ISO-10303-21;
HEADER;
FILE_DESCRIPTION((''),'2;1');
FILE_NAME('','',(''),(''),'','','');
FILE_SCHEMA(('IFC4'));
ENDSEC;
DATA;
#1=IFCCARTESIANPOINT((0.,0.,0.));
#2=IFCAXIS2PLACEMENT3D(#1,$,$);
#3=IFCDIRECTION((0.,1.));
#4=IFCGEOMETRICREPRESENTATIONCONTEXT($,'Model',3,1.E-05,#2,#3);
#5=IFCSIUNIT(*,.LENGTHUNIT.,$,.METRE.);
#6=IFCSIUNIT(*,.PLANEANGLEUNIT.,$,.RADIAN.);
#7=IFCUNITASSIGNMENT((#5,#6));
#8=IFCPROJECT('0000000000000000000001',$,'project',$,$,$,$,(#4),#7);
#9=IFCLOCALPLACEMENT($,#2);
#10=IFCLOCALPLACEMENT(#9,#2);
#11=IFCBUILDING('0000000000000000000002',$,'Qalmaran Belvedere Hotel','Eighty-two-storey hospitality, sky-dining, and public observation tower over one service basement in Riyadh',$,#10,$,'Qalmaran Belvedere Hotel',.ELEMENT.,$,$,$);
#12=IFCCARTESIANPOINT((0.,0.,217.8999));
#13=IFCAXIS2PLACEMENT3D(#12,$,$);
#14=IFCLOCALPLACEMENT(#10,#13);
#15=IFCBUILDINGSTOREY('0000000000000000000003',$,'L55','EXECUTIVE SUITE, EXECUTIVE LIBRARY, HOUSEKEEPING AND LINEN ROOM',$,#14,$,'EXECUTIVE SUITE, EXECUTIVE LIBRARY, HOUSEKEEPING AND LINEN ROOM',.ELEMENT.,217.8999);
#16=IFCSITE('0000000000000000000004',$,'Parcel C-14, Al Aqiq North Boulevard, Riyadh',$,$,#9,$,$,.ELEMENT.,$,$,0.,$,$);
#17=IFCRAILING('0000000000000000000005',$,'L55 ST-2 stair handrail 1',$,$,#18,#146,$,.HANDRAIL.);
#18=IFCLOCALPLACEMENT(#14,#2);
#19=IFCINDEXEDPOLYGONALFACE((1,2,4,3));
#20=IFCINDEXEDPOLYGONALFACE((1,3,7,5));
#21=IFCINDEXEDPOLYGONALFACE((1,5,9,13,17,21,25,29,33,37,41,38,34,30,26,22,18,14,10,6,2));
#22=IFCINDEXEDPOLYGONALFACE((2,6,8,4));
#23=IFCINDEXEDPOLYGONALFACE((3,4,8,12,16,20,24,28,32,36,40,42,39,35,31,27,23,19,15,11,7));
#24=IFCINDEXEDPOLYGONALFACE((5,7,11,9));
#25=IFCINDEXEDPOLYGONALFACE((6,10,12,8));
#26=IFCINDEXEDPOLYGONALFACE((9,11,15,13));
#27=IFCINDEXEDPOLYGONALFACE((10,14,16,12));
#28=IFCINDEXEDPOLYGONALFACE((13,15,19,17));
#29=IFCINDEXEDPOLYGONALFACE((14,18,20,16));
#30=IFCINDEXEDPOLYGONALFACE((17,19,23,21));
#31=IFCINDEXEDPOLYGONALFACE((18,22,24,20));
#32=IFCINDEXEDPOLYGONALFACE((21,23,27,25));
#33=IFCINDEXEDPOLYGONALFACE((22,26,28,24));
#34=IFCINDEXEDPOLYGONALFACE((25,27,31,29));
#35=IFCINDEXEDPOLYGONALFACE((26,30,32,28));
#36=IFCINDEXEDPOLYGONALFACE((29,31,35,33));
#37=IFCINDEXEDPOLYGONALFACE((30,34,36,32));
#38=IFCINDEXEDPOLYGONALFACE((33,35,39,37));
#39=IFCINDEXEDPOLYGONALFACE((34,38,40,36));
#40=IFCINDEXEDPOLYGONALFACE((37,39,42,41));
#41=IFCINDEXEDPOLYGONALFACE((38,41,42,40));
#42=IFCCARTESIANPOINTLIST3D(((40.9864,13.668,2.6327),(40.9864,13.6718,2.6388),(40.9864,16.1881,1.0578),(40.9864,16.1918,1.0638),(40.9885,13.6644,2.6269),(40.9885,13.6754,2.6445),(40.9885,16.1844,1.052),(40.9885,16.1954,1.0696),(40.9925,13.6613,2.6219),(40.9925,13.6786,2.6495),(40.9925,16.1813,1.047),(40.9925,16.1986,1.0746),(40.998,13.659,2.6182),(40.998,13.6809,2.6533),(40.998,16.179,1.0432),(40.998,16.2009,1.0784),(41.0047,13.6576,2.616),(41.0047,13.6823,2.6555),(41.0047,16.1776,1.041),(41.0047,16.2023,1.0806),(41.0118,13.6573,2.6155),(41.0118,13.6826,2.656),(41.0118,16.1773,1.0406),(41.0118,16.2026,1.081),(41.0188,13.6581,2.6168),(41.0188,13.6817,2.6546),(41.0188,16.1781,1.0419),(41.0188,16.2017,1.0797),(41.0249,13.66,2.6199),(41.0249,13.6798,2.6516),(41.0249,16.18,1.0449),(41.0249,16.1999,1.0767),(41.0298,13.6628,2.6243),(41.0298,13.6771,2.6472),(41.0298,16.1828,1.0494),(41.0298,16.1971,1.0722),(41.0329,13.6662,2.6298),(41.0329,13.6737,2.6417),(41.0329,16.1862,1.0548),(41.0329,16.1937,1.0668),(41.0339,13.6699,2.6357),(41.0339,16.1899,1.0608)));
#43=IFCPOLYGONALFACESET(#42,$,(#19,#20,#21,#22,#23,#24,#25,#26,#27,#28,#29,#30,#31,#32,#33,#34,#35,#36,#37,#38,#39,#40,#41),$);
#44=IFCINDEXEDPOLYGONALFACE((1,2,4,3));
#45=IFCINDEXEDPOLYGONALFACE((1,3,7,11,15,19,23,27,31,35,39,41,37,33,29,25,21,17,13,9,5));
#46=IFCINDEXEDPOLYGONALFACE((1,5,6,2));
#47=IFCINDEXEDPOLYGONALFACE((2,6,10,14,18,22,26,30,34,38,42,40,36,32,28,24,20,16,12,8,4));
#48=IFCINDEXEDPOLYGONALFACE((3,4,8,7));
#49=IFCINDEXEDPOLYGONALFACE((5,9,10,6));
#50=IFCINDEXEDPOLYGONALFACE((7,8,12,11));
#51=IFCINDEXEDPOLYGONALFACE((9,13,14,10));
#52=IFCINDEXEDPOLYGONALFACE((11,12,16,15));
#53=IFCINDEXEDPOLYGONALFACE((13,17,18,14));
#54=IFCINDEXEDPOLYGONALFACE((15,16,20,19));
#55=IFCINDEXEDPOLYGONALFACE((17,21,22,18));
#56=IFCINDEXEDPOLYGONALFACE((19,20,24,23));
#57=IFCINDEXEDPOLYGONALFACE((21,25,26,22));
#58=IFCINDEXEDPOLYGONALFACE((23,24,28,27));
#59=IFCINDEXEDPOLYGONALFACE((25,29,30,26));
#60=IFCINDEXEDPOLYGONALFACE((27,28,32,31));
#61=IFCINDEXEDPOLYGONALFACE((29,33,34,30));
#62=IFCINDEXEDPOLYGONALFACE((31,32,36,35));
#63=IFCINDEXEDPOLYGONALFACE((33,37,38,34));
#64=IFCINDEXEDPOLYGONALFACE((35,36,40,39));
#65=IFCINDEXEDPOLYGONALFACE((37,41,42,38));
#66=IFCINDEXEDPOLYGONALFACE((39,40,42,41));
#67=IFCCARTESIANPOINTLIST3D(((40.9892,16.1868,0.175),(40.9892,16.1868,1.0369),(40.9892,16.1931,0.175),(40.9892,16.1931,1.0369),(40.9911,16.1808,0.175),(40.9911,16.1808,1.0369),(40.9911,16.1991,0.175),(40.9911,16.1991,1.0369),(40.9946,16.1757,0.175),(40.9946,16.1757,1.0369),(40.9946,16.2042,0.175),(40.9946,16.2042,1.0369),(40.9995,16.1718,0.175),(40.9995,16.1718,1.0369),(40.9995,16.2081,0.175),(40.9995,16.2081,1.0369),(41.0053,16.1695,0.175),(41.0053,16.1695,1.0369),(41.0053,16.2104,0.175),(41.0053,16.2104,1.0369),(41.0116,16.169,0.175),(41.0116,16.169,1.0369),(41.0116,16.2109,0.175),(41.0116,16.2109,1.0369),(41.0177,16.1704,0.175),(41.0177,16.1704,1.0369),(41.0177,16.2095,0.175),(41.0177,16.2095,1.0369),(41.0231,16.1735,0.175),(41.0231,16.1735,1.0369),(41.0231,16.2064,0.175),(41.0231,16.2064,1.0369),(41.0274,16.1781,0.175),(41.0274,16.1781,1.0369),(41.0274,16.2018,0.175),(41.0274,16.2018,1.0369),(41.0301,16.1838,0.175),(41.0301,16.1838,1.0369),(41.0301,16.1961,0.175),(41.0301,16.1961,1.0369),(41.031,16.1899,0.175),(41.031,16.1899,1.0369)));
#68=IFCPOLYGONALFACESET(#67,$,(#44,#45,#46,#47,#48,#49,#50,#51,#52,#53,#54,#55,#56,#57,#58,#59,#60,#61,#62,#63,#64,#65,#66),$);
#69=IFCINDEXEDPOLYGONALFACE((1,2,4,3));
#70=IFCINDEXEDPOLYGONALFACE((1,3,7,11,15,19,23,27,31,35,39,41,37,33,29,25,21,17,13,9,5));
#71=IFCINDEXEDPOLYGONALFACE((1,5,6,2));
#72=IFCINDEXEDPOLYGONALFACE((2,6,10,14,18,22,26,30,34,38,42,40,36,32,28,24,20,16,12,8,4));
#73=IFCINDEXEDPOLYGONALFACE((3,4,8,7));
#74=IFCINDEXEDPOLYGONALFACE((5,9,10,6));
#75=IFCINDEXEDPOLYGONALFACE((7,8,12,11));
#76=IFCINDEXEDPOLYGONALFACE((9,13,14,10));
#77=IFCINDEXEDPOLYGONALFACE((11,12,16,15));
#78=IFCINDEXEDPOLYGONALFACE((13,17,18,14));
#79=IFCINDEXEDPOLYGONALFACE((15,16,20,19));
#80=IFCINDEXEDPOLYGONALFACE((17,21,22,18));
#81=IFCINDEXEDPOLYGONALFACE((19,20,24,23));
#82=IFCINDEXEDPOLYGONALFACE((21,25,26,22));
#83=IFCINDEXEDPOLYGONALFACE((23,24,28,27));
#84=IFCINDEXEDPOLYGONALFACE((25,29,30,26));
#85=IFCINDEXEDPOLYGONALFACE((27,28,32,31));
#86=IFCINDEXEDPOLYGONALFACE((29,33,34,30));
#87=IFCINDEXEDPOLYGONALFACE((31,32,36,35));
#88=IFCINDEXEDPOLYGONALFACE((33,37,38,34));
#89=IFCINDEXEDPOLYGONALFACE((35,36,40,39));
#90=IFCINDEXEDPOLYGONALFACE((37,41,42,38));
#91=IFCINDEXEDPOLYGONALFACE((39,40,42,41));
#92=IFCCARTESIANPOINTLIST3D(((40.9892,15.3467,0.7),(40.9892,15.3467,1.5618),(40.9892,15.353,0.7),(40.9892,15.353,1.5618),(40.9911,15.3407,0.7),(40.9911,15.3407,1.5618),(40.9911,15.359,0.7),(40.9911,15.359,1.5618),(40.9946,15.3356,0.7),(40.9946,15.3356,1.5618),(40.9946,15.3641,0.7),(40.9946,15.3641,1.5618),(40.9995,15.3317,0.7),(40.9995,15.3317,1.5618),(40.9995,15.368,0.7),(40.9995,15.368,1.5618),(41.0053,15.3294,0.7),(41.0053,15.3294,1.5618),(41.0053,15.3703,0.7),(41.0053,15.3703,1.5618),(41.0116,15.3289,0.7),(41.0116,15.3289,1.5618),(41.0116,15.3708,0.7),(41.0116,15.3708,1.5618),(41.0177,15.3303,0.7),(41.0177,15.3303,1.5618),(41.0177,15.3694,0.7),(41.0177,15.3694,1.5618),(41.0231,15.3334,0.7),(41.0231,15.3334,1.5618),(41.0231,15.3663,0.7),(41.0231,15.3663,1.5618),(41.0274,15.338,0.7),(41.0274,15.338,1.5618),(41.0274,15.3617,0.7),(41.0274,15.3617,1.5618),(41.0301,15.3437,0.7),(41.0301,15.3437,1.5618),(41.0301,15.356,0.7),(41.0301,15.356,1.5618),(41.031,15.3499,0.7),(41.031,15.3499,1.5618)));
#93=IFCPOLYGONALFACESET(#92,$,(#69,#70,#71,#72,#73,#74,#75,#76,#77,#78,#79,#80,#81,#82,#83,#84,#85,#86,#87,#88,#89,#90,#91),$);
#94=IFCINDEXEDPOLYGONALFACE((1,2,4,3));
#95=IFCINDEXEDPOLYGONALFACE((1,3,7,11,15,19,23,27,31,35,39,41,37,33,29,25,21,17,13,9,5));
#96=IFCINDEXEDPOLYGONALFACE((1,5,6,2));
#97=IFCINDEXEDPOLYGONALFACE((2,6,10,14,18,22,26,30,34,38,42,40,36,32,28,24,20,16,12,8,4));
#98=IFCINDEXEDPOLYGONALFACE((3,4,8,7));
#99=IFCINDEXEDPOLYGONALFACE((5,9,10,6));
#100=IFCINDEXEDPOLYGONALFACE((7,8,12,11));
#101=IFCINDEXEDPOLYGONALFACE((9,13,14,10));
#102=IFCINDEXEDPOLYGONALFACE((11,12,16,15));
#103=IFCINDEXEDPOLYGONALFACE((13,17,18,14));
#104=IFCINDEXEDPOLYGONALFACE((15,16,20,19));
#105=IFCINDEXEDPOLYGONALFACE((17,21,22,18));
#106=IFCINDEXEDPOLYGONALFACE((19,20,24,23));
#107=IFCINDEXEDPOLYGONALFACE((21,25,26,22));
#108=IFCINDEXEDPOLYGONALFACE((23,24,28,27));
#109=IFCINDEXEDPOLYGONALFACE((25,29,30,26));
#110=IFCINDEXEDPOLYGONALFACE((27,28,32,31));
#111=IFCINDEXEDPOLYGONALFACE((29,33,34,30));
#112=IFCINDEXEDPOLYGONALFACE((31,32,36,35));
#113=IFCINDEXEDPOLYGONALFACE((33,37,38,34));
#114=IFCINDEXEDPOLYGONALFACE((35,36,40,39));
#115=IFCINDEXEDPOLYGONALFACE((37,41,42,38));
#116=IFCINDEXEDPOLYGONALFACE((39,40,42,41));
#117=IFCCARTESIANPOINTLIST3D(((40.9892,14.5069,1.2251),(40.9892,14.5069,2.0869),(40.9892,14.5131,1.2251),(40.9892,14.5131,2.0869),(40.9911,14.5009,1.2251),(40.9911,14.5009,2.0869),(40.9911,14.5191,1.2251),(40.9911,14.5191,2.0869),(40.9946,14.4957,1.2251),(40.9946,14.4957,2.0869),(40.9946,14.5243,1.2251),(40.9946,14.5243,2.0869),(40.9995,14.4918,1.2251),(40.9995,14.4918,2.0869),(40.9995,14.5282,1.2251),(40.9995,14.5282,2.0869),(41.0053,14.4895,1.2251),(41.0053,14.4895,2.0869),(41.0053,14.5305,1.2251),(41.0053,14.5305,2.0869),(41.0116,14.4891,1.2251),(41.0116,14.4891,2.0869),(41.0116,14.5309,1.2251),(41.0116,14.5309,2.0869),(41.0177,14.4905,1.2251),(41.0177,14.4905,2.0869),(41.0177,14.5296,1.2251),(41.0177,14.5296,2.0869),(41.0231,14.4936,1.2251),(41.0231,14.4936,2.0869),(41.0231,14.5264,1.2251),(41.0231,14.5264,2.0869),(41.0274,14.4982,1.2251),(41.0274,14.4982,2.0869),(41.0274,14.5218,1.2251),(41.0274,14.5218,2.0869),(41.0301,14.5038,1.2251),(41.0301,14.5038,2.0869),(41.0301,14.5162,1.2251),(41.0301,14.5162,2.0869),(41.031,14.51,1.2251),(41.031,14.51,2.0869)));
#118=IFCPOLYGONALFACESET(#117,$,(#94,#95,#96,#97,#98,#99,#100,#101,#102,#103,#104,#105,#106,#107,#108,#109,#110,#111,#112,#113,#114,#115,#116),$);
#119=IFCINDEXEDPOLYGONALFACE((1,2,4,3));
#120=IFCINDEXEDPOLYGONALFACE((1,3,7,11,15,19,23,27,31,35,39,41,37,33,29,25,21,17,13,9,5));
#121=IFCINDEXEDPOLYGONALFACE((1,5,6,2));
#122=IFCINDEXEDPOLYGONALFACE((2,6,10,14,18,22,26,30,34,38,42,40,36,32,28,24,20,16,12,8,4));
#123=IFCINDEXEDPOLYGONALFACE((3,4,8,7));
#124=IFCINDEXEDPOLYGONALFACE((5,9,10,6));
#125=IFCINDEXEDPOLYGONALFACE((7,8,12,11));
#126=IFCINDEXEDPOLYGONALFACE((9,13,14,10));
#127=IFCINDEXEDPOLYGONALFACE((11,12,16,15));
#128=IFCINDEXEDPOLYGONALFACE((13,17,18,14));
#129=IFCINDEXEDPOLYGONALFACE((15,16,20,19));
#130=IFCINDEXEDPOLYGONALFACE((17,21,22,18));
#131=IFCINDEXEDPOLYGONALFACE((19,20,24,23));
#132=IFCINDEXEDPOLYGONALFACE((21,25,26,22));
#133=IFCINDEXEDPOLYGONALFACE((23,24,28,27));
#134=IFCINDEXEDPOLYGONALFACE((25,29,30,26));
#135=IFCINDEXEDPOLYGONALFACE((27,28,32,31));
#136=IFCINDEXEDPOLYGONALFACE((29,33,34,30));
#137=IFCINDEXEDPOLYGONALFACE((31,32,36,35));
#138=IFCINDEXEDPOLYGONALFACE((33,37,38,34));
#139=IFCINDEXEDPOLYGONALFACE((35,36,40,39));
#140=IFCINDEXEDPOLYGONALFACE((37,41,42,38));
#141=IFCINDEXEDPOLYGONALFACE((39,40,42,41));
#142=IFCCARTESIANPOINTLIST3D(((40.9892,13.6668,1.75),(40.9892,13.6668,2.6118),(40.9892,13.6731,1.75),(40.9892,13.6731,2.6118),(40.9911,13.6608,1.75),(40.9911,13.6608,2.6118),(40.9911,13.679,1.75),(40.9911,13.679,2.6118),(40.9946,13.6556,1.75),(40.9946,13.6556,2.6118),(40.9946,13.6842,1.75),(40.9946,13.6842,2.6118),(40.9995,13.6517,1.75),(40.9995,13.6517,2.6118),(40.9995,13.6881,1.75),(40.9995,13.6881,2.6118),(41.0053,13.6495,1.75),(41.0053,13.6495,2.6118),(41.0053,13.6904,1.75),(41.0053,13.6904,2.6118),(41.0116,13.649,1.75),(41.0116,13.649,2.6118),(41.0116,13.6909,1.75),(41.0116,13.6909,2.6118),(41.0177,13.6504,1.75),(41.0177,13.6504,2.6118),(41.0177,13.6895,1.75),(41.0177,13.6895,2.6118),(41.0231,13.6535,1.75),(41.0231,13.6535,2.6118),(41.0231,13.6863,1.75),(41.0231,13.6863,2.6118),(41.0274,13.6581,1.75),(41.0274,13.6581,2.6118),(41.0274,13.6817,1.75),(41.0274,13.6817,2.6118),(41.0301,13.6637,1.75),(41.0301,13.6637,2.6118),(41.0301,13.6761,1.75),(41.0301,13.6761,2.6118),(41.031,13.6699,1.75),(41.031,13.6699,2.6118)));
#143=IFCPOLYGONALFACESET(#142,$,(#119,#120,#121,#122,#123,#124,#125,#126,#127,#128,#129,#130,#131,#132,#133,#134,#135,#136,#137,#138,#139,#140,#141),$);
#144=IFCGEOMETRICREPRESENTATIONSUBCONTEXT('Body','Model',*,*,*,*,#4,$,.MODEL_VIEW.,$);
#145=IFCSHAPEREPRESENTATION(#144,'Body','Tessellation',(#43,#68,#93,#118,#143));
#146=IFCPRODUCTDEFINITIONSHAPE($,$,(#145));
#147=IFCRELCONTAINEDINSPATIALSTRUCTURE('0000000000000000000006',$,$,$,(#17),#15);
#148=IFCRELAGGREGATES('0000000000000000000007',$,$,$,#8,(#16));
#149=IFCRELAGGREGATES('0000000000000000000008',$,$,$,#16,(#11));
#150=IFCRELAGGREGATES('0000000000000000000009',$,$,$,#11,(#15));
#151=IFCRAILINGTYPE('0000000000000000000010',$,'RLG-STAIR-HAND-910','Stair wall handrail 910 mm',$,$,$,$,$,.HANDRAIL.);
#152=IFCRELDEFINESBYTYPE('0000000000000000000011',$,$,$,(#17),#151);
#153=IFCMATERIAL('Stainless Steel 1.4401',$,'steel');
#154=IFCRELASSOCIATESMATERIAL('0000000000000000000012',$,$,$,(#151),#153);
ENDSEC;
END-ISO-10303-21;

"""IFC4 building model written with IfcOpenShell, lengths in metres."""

from ifc_helpers import new_model, si_unit, direction, frame, origin, origin_2d, place, context, subcontext, project, spatial, circle, extrude, material, type_object, element, save


model = new_model("IFC4")

# Units and contexts
model_context = context("Model", 3, precision=1e-05, world=origin(), true_north=direction((0.0, 1.0)))
body_context = subcontext(model_context, "Body", "Model", "MODEL_VIEW")
ifc_project = project(units=[si_unit("LENGTHUNIT", "METRE"), si_unit("PLANEANGLEUNIT", "RADIAN")], contexts=[model_context])

# Site, building, storey
site_placement = place(None, origin())
site = spatial("IfcSite", under=ifc_project, at=site_placement, Name="Parcel C-14, Al Aqiq North Boulevard, Riyadh", CompositionType="ELEMENT", RefElevation=0.0)
building_placement = place(site_placement, origin())
building = spatial("IfcBuilding", under=site, at=building_placement, Name="Qalmaran Belvedere Hotel", Description="Eighty-two-storey hospitality, sky-dining, and public observation tower over one service basement in Riyadh", LongName="Qalmaran Belvedere Hotel", CompositionType="ELEMENT")
storey_placement = place(building_placement, frame((0.0, 0.0, 217.8999)))
storey = spatial("IfcBuildingStorey", under=building, at=storey_placement, Name="L55", Description="EXECUTIVE SUITE, EXECUTIVE LIBRARY, HOUSEKEEPING AND LINEN ROOM", LongName="EXECUTIVE SUITE, EXECUTIVE LIBRARY, HOUSEKEEPING AND LINEN ROOM", CompositionType="ELEMENT", Elevation=217.8999)

# Shared definitions
ifc_material_1 = material(Name="Stainless Steel 1.4401", Category="steel")

# Railing
railing_type = type_object("IfcRailingType", Name="RLG-STAIR-HAND-910", Description="Stair wall handrail 910 mm", PredefinedType="HANDRAIL", material=ifc_material_1)
railing_placement = place(storey_placement, frame((41.01, 16.1899, 0.175)))
element("IfcRailing", 1, at=railing_placement, inside=storey, type_object=railing_type, Name="L55 ST-2 stair handrail 1", PredefinedType="HANDRAIL", context=body_context, shape_type="SweptSolid", body=[
    extrude(circle(Radius=0.0239, at=origin_2d()), frame((0.0, 0.0, 0.8857), z_axis=(0.0, -0.848008, 0.529984), x_axis=(1.0, 0.0, 0.0)), (0.0, 0.0, 1.0), 2.9717),
    extrude(circle(Radius=0.021, at=origin_2d()), origin(), (0.0, 0.0, 1.0), 0.8618),
    extrude(circle(Radius=0.021, at=origin_2d()), frame((0.0, -0.8401, 0.5249)), (0.0, 0.0, 1.0), 0.8618),
    extrude(circle(Radius=0.021, at=origin_2d()), frame((0.0, -1.6799, 1.05)), (0.0, 0.0, 1.0), 0.8618),
    extrude(circle(Radius=0.021, at=origin_2d()), frame((0.0, -2.52, 1.575)), (0.0, 0.0, 1.0), 0.8618),
])

save(model, "model.ifc")
